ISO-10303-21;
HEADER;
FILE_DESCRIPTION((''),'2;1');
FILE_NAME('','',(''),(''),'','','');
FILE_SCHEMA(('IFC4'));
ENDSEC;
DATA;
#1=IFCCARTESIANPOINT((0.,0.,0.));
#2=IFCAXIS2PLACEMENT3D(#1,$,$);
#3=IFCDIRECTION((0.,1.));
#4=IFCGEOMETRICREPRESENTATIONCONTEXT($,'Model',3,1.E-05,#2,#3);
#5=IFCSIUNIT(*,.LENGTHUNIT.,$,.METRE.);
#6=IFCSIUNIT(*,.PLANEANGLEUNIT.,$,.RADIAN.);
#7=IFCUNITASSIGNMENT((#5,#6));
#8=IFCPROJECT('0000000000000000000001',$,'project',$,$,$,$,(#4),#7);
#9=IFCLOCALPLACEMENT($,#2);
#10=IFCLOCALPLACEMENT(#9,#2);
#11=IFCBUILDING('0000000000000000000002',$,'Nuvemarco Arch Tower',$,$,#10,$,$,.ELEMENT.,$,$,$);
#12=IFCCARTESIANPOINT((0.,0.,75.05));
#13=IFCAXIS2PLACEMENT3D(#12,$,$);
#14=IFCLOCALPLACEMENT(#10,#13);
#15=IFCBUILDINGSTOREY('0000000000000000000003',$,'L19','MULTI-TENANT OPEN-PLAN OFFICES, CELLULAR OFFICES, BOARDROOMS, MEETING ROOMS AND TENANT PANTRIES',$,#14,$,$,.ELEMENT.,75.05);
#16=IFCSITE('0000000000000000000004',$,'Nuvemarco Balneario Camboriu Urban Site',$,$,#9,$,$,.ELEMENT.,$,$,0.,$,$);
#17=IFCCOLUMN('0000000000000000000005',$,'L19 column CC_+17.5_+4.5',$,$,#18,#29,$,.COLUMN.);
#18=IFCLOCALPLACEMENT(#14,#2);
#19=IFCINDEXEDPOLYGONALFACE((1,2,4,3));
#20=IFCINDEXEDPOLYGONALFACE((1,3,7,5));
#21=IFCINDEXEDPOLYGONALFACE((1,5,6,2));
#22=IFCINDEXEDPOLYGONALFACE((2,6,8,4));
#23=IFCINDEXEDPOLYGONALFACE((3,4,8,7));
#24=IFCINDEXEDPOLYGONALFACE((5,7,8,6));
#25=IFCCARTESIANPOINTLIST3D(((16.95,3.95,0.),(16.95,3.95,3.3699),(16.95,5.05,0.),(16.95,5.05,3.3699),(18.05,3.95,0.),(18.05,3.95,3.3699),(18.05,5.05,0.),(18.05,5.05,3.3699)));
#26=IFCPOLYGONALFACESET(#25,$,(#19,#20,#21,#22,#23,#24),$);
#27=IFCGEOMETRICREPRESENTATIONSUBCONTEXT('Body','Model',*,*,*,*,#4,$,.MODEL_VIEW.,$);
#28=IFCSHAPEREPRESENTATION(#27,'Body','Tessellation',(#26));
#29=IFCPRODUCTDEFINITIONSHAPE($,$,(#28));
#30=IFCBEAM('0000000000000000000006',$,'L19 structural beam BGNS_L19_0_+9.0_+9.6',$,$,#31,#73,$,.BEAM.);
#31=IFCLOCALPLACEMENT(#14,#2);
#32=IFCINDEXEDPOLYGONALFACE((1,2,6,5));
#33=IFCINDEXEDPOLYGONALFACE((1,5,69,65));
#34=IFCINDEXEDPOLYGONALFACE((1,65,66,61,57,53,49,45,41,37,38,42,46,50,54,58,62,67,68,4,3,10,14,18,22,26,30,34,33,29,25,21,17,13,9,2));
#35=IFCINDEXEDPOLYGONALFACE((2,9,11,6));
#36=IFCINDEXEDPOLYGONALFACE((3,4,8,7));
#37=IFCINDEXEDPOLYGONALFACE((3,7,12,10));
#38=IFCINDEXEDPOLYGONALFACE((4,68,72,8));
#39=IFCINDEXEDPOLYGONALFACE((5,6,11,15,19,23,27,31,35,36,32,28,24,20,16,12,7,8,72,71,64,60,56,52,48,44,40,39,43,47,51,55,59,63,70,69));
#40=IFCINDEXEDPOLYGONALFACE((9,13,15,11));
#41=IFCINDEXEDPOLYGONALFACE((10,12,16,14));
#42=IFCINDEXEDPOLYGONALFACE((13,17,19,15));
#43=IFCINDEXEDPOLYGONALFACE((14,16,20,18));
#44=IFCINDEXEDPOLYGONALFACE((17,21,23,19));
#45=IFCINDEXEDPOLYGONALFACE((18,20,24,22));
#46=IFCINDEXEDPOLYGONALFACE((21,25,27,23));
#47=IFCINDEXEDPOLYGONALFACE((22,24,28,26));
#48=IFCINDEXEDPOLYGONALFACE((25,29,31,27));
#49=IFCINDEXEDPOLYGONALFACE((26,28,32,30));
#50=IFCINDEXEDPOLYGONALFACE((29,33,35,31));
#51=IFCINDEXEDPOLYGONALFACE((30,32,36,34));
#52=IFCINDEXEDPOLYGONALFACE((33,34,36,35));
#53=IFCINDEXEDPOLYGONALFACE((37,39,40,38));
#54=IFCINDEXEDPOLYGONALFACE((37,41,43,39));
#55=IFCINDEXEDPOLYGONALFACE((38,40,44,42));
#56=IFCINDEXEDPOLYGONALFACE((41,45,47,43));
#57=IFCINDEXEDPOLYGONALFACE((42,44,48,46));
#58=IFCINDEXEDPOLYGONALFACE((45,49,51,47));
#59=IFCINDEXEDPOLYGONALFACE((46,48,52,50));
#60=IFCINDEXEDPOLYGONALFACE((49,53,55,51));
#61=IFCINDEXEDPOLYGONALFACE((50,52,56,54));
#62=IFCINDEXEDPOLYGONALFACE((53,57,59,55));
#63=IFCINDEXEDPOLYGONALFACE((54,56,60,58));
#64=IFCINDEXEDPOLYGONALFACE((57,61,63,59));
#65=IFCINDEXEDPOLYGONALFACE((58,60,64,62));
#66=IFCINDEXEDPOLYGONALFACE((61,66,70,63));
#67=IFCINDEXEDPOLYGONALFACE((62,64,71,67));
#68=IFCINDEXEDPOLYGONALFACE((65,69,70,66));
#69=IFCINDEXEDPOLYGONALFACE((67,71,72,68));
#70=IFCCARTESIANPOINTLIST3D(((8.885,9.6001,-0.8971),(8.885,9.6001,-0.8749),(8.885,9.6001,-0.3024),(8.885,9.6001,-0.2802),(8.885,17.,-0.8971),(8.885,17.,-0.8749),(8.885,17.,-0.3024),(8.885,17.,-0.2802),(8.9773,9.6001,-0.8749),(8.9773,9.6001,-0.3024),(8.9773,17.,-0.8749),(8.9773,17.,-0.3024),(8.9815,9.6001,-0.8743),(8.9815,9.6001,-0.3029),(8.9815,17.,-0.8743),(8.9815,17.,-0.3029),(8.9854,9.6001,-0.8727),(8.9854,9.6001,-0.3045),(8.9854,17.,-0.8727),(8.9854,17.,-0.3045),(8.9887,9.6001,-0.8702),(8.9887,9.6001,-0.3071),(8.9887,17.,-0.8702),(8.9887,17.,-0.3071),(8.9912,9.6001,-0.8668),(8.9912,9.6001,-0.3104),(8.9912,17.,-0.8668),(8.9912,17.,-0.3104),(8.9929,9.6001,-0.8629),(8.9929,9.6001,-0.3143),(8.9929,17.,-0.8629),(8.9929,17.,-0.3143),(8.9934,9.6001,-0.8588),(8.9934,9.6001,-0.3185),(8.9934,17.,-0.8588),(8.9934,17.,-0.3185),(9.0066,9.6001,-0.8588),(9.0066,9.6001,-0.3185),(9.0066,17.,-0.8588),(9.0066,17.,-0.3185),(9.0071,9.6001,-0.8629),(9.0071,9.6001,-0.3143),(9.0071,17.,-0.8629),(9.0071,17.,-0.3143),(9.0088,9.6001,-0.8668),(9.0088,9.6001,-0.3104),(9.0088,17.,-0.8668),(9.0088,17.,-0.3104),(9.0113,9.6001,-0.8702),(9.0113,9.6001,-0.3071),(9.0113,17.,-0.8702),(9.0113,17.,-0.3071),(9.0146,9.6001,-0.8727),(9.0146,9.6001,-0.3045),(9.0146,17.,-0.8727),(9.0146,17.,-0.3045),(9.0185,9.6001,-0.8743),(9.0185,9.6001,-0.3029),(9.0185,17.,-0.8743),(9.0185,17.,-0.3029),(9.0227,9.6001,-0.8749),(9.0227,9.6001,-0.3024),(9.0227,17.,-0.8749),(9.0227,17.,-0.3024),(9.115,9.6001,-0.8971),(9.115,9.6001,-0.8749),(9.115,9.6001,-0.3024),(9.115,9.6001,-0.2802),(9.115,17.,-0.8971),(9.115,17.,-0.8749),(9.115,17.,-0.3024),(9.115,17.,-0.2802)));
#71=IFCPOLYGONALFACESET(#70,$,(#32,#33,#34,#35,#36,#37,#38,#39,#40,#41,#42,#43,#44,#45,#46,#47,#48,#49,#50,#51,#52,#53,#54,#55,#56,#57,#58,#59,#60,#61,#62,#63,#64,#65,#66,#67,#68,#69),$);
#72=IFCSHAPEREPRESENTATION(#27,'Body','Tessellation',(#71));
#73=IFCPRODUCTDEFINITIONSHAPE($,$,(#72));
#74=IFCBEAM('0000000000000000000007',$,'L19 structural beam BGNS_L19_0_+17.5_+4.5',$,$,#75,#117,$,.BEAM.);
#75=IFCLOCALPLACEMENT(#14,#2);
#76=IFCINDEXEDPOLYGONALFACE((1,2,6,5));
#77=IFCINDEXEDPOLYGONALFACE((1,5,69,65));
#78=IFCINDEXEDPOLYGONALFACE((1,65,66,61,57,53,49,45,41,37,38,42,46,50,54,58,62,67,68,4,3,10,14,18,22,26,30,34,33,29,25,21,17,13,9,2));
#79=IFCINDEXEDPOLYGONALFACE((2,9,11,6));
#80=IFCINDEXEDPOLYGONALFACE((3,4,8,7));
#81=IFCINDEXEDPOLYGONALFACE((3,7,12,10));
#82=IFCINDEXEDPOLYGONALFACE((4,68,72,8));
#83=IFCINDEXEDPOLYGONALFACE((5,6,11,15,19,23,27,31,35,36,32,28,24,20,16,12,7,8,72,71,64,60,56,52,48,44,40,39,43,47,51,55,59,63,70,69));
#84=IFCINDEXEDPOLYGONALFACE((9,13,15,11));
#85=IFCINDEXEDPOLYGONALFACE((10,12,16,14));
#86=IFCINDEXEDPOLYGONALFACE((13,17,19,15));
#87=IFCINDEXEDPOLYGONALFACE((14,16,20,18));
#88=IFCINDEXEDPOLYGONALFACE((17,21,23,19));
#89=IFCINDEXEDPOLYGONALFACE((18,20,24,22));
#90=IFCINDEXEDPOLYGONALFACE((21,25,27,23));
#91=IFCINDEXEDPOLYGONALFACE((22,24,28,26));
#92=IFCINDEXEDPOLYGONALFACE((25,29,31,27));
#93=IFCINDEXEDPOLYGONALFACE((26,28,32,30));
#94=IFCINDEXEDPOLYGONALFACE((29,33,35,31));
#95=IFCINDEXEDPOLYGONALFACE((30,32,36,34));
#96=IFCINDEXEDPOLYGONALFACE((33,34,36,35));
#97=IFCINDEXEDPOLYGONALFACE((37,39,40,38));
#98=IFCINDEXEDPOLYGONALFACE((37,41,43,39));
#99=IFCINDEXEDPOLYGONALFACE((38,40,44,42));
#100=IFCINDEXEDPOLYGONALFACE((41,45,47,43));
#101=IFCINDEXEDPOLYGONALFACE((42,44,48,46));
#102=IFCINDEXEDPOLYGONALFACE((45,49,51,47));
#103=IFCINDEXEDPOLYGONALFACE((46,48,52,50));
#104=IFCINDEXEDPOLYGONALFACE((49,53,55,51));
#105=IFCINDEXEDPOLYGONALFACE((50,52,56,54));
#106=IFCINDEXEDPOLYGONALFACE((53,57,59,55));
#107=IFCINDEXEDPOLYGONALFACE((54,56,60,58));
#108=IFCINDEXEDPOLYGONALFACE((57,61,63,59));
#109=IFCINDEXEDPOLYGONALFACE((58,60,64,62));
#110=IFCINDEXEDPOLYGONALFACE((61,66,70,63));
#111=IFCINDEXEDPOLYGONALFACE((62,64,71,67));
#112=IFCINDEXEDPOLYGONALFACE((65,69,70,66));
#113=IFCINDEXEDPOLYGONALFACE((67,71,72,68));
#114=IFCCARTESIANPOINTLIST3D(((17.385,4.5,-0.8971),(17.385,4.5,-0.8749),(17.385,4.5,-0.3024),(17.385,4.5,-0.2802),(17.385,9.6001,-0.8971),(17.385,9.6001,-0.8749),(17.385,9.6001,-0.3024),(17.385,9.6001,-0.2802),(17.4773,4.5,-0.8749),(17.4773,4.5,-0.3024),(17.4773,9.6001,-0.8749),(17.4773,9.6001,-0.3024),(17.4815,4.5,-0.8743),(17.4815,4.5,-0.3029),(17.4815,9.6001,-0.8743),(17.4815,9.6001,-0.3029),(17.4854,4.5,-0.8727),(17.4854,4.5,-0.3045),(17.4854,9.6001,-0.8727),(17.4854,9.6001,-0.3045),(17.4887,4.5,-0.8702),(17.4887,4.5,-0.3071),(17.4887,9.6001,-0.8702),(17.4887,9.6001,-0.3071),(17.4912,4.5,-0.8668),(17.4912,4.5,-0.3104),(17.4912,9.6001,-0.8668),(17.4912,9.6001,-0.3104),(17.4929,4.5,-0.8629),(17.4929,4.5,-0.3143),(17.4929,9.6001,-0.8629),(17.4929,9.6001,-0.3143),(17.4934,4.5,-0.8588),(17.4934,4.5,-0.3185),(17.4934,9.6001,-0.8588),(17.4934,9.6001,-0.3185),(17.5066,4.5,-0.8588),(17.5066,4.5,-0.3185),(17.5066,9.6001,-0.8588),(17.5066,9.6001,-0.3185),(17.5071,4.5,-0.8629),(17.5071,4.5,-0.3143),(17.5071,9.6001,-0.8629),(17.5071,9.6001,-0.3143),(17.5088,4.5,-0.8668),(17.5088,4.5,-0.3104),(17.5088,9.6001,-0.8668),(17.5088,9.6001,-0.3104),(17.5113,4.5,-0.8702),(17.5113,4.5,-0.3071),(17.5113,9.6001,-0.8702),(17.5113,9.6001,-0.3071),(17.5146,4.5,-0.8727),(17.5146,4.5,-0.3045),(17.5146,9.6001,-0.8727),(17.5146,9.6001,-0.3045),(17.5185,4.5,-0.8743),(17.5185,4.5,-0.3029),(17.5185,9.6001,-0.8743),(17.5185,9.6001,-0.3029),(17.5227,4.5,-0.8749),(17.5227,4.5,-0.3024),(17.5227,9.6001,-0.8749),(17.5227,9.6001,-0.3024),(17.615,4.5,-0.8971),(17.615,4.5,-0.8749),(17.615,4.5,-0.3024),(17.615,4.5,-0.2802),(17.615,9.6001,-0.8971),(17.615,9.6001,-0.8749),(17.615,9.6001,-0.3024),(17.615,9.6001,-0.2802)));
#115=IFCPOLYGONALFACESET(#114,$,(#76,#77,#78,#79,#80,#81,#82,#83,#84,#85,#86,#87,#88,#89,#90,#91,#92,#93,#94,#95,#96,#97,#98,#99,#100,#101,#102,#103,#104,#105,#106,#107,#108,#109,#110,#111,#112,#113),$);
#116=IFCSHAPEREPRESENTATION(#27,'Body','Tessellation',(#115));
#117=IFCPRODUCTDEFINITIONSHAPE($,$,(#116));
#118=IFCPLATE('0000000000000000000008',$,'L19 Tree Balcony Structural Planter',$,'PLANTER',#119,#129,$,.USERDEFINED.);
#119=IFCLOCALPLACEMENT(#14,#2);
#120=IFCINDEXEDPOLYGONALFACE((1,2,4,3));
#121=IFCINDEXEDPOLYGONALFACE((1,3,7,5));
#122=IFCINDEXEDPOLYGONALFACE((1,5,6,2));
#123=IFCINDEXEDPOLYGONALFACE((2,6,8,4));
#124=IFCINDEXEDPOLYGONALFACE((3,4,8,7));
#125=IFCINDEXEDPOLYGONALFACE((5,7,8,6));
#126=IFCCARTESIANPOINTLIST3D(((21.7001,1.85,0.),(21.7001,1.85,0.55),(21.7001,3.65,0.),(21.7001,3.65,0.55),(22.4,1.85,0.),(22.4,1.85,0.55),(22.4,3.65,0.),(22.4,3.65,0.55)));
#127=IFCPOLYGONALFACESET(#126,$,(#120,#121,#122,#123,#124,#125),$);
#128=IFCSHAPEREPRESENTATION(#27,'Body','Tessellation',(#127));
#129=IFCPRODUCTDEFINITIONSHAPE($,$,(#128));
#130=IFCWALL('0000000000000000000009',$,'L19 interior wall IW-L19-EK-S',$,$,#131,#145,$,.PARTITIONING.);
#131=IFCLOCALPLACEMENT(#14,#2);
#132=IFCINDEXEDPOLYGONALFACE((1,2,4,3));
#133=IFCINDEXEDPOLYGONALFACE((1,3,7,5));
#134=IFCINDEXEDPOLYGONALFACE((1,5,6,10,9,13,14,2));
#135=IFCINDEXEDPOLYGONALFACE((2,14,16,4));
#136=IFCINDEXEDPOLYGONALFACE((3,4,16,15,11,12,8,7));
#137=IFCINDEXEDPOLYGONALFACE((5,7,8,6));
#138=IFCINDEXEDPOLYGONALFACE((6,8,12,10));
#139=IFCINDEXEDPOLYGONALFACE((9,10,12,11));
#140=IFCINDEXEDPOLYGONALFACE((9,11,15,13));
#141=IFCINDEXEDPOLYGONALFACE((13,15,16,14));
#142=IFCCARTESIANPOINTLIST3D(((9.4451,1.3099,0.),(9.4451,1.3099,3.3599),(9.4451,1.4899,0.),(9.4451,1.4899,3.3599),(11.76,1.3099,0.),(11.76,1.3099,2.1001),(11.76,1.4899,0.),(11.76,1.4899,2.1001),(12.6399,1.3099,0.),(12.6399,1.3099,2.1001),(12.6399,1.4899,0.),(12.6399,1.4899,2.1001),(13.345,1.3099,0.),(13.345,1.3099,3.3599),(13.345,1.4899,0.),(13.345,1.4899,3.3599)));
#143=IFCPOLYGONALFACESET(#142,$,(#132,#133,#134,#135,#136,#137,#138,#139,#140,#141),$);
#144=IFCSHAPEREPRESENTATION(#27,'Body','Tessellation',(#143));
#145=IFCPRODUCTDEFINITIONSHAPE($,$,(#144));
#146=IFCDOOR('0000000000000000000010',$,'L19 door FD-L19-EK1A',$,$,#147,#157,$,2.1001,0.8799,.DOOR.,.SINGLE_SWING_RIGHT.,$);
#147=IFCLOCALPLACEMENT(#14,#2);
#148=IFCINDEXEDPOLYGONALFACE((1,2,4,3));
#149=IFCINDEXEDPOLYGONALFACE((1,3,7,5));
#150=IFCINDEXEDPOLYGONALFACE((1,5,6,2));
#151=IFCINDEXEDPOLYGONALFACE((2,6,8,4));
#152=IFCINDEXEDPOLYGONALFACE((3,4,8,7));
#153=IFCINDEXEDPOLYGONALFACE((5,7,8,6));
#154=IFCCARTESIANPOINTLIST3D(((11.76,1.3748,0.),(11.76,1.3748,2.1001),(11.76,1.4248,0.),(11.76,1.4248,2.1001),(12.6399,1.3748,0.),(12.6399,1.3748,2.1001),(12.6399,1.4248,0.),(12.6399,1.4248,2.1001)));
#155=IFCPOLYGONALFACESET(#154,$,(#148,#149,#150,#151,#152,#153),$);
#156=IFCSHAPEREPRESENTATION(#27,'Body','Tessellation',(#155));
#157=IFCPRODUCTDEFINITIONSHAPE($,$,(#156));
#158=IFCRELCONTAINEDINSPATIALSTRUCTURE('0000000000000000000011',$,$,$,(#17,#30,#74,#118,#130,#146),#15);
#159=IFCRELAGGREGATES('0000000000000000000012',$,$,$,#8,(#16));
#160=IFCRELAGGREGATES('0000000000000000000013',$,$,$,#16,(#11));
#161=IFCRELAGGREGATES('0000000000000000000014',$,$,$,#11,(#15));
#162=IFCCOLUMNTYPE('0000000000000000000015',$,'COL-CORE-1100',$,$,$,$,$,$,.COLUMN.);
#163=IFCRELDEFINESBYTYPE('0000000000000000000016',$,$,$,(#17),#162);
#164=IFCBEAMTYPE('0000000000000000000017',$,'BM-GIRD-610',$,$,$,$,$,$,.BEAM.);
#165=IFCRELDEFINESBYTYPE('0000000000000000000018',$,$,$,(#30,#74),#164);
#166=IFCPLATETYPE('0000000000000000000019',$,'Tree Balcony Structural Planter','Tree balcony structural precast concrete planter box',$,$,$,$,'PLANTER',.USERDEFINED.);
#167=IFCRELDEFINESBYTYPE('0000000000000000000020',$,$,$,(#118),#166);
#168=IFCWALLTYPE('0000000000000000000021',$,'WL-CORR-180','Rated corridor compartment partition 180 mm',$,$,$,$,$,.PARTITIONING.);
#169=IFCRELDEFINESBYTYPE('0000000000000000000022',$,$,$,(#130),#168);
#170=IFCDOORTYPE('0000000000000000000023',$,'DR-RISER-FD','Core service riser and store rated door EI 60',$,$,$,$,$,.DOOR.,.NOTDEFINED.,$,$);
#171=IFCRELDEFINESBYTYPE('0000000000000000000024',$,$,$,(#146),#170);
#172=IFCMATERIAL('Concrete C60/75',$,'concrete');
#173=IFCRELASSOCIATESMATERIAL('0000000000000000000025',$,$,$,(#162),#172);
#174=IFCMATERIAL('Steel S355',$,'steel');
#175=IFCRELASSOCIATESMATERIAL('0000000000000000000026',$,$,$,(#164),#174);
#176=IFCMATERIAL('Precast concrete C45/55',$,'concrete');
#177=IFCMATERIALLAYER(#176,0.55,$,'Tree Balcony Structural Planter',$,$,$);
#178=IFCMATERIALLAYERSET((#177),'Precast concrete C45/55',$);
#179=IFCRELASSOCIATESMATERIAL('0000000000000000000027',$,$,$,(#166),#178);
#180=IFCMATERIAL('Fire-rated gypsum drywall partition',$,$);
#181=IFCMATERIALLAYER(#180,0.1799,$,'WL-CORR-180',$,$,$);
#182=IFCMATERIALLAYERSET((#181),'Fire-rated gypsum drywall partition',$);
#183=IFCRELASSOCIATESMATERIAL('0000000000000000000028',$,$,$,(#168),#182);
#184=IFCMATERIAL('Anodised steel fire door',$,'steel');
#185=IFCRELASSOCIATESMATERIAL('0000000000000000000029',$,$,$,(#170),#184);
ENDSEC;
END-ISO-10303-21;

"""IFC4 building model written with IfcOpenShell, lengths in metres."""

from ifc_helpers import new_model, si_unit, direction, frame, frame_2d, origin, origin_2d, place, context, subcontext, project, spatial, rectangle, i_section, extrude, source, transform, mapped, material, layer, layer_set, material_profile, profile_set, type_object, type_shapes, element, fill, save


model = new_model("IFC4")

# Units and contexts
model_context = context("Model", 3, precision=1e-05, world=origin(), true_north=direction((0.0, 1.0)))
body_context = subcontext(model_context, "Body", "Model", "MODEL_VIEW")
ifc_project = project(units=[si_unit("LENGTHUNIT", "METRE"), si_unit("PLANEANGLEUNIT", "RADIAN")], contexts=[model_context])

# Site, building, storey
site_placement = place(None, origin())
site = spatial("IfcSite", under=ifc_project, at=site_placement, Name="Nuvemarco Balneario Camboriu Urban Site", CompositionType="ELEMENT", RefElevation=0.0)
building_placement = place(site_placement, origin())
building = spatial("IfcBuilding", under=site, at=building_placement, Name="Nuvemarco Arch Tower", CompositionType="ELEMENT")
storey_placement = place(building_placement, frame((0.0, 0.0, 75.05)))
storey = spatial("IfcBuildingStorey", under=building, at=storey_placement, Name="L19", Description="MULTI-TENANT OPEN-PLAN OFFICES, CELLULAR OFFICES, BOARDROOMS, MEETING ROOMS AND TENANT PANTRIES", CompositionType="ELEMENT", Elevation=75.05)

# Column
ifc_material_1 = material(Name="Concrete C60/75", Category="concrete")
ifc_material_profile_1 = material_profile(ifc_material_1, rectangle(XDim=1.1001, YDim=1.1001, at=origin_2d()), Name="RC-COL-1100x1100")
ifc_profile_set_1 = profile_set([ifc_material_profile_1], Name="Concrete C60/75")
column_type = type_object("IfcColumnType", Name="COL-CORE-1100", PredefinedType="COLUMN", material=ifc_profile_set_1)
column_placement = place(storey_placement, frame((17.5, 4.5, 0.0), z_axis=(0.0, 0.0, 1.0), x_axis=(1.0, 0.0, 0.0)))
element("IfcColumn", 1, at=column_placement, inside=storey, type_object=column_type, Name="L19 column CC_+17.5_+4.5", PredefinedType="COLUMN", context=body_context, shape_type="SweptSolid", body=[
    extrude(rectangle(XDim=1.1001, YDim=1.1001, at=origin_2d()), origin(), (0.0, 0.0, 1.0), 3.3699),
])

# Beams
ifc_material_2 = material(Name="Steel S355", Category="steel")
ifc_material_profile_2 = material_profile(ifc_material_2, i_section(OverallWidth=0.23, OverallDepth=0.6169, WebThickness=0.0132, FlangeThickness=0.0222, FilletRadius=0.0161, at=origin_2d()), Name="W610x140")
ifc_profile_set_2 = profile_set([ifc_material_profile_2], Name="Steel S355")
beam_type = type_object("IfcBeamType", Name="BM-GIRD-610", PredefinedType="BEAM", material=ifc_profile_set_2)
beam_1_placement = place(storey_placement, frame((9.0, 9.6001, -0.5886), z_axis=(0.0, 1.0, 0.0), x_axis=(-1.0, 0.0, 0.0)))
element("IfcBeam", 2, at=beam_1_placement, inside=storey, type_object=beam_type, Name="L19 structural beam BGNS_L19_0_+9.0_+9.6", PredefinedType="BEAM", context=body_context, shape_type="SweptSolid", body=[
    extrude(i_section(OverallWidth=0.23, OverallDepth=0.6169, WebThickness=0.0132, FlangeThickness=0.0222, FilletRadius=0.0161, at=origin_2d()), origin(), (0.0, 0.0, 1.0), 7.3999),
])
beam_2_placement = place(storey_placement, frame((17.5, 4.5, -0.5886), z_axis=(0.0, 1.0, 0.0), x_axis=(-1.0, 0.0, 0.0)))
element("IfcBeam", 3, at=beam_2_placement, inside=storey, type_object=beam_type, Name="L19 structural beam BGNS_L19_0_+17.5_+4.5", PredefinedType="BEAM", context=body_context, shape_type="SweptSolid", body=[
    extrude(i_section(OverallWidth=0.23, OverallDepth=0.6169, WebThickness=0.0132, FlangeThickness=0.0222, FilletRadius=0.0161, at=origin_2d()), origin(), (0.0, 0.0, 1.0), 5.1001),
])

# Plate
ifc_material_3 = material(Name="Precast concrete C45/55", Category="concrete")
ifc_layer_1 = layer(ifc_material_3, 0.55, Name="Tree Balcony Structural Planter")
ifc_layer_set_1 = layer_set([ifc_layer_1], Name="Precast concrete C45/55")
plate_type = type_object("IfcPlateType", Name="Tree Balcony Structural Planter", Description="Tree balcony structural precast concrete planter box", ElementType="PLANTER", PredefinedType="USERDEFINED", material=ifc_layer_set_1)
shared_shape_1 = source(origin(), body_context, "Body", "SweptSolid", [
    extrude(rectangle(XDim=1.8, YDim=0.7, at=origin_2d()), origin(), (0.0, 0.0, 1.0), 0.55),
])
type_shapes(plate_type, [shared_shape_1])
plate_placement = place(storey_placement, frame((22.05, 2.75, 0.0), z_axis=(0.0, 0.0, 1.0), x_axis=(0.0, 1.0, 0.0)))
element("IfcPlate", 4, at=plate_placement, inside=storey, type_object=plate_type, Name="L19 Tree Balcony Structural Planter", ObjectType="PLANTER", PredefinedType="USERDEFINED", context=body_context, shape_type="MappedRepresentation", body=[
    mapped(shared_shape_1, transform((0.0, 0.0, 0.0), scale=1.0)),
])

# Wall, opening, door
ifc_material_4 = material(Name="Fire-rated gypsum drywall partition")
ifc_layer_2 = layer(ifc_material_4, 0.1799, Name="WL-CORR-180")
ifc_layer_set_2 = layer_set([ifc_layer_2], Name="Fire-rated gypsum drywall partition")
wall_type_1 = type_object("IfcWallType", Name="WL-CORR-180", Description="Rated corridor compartment partition 180 mm", PredefinedType="PARTITIONING", material=ifc_layer_set_2)
wall_1_placement = place(storey_placement, frame((9.4451, 1.3999, 0.0), z_axis=(0.0, 0.0, 1.0), x_axis=(1.0, 0.0, 0.0)))
wall_1 = element("IfcWall", 5, at=wall_1_placement, inside=storey, type_object=wall_type_1, Name="L19 interior wall IW-L19-EK-S", PredefinedType="PARTITIONING", context=body_context, shape_type="SweptSolid", body=[
    extrude(rectangle(XDim=3.8999, YDim=0.1799, at=frame_2d((1.95, 0.0))), origin(), (0.0, 0.0, 1.0), 3.3599),
])
opening_1_placement = place(wall_1_placement, frame((2.3149, 0.0, 0.0)))
opening_1 = element("IfcOpeningElement", 6, at=opening_1_placement, cuts=wall_1, PredefinedType="OPENING", context=body_context, shape_type="SweptSolid", body=[
    extrude(rectangle(XDim=0.8799, YDim=2.1001, at=frame_2d((0.4399, 1.05))), frame((0.0, 0.0999, 0.0), z_axis=(0.0, -1.0, 0.0), x_axis=(1.0, 0.0, 0.0)), (0.0, 0.0, 1.0), 0.2),
])
ifc_material_5 = material(Name="Anodised steel fire door", Category="steel")
door_type_1 = type_object("IfcDoorType", Name="DR-RISER-FD", Description="Core service riser and store rated door EI 60", OperationType="NOTDEFINED", PredefinedType="DOOR", material=ifc_material_5)
shared_shape_2 = source(origin(), body_context, "Body", "SweptSolid", [
    extrude(rectangle(XDim=0.8799, YDim=2.1001, at=frame_2d((0.4399, 1.05))), frame((0.0, 0.0249, 0.0), z_axis=(0.0, -1.0, 0.0), x_axis=(1.0, 0.0, 0.0)), (0.0, 0.0, 1.0), 0.05),
])
type_shapes(door_type_1, [shared_shape_2])
door_1_placement = place(opening_1_placement, origin())
door_1 = element("IfcDoor", 7, at=door_1_placement, inside=storey, type_object=door_type_1, Name="L19 door FD-L19-EK1A", OperationType="SINGLE_SWING_RIGHT", OverallHeight=2.1001, OverallWidth=0.8799, PredefinedType="DOOR", context=body_context, shape_type="MappedRepresentation", body=[
    mapped(shared_shape_2, transform((0.0, 0.0, 0.0), scale=1.0)),
])
fill(opening_1, door_1)

save(model, "model.ifc")
